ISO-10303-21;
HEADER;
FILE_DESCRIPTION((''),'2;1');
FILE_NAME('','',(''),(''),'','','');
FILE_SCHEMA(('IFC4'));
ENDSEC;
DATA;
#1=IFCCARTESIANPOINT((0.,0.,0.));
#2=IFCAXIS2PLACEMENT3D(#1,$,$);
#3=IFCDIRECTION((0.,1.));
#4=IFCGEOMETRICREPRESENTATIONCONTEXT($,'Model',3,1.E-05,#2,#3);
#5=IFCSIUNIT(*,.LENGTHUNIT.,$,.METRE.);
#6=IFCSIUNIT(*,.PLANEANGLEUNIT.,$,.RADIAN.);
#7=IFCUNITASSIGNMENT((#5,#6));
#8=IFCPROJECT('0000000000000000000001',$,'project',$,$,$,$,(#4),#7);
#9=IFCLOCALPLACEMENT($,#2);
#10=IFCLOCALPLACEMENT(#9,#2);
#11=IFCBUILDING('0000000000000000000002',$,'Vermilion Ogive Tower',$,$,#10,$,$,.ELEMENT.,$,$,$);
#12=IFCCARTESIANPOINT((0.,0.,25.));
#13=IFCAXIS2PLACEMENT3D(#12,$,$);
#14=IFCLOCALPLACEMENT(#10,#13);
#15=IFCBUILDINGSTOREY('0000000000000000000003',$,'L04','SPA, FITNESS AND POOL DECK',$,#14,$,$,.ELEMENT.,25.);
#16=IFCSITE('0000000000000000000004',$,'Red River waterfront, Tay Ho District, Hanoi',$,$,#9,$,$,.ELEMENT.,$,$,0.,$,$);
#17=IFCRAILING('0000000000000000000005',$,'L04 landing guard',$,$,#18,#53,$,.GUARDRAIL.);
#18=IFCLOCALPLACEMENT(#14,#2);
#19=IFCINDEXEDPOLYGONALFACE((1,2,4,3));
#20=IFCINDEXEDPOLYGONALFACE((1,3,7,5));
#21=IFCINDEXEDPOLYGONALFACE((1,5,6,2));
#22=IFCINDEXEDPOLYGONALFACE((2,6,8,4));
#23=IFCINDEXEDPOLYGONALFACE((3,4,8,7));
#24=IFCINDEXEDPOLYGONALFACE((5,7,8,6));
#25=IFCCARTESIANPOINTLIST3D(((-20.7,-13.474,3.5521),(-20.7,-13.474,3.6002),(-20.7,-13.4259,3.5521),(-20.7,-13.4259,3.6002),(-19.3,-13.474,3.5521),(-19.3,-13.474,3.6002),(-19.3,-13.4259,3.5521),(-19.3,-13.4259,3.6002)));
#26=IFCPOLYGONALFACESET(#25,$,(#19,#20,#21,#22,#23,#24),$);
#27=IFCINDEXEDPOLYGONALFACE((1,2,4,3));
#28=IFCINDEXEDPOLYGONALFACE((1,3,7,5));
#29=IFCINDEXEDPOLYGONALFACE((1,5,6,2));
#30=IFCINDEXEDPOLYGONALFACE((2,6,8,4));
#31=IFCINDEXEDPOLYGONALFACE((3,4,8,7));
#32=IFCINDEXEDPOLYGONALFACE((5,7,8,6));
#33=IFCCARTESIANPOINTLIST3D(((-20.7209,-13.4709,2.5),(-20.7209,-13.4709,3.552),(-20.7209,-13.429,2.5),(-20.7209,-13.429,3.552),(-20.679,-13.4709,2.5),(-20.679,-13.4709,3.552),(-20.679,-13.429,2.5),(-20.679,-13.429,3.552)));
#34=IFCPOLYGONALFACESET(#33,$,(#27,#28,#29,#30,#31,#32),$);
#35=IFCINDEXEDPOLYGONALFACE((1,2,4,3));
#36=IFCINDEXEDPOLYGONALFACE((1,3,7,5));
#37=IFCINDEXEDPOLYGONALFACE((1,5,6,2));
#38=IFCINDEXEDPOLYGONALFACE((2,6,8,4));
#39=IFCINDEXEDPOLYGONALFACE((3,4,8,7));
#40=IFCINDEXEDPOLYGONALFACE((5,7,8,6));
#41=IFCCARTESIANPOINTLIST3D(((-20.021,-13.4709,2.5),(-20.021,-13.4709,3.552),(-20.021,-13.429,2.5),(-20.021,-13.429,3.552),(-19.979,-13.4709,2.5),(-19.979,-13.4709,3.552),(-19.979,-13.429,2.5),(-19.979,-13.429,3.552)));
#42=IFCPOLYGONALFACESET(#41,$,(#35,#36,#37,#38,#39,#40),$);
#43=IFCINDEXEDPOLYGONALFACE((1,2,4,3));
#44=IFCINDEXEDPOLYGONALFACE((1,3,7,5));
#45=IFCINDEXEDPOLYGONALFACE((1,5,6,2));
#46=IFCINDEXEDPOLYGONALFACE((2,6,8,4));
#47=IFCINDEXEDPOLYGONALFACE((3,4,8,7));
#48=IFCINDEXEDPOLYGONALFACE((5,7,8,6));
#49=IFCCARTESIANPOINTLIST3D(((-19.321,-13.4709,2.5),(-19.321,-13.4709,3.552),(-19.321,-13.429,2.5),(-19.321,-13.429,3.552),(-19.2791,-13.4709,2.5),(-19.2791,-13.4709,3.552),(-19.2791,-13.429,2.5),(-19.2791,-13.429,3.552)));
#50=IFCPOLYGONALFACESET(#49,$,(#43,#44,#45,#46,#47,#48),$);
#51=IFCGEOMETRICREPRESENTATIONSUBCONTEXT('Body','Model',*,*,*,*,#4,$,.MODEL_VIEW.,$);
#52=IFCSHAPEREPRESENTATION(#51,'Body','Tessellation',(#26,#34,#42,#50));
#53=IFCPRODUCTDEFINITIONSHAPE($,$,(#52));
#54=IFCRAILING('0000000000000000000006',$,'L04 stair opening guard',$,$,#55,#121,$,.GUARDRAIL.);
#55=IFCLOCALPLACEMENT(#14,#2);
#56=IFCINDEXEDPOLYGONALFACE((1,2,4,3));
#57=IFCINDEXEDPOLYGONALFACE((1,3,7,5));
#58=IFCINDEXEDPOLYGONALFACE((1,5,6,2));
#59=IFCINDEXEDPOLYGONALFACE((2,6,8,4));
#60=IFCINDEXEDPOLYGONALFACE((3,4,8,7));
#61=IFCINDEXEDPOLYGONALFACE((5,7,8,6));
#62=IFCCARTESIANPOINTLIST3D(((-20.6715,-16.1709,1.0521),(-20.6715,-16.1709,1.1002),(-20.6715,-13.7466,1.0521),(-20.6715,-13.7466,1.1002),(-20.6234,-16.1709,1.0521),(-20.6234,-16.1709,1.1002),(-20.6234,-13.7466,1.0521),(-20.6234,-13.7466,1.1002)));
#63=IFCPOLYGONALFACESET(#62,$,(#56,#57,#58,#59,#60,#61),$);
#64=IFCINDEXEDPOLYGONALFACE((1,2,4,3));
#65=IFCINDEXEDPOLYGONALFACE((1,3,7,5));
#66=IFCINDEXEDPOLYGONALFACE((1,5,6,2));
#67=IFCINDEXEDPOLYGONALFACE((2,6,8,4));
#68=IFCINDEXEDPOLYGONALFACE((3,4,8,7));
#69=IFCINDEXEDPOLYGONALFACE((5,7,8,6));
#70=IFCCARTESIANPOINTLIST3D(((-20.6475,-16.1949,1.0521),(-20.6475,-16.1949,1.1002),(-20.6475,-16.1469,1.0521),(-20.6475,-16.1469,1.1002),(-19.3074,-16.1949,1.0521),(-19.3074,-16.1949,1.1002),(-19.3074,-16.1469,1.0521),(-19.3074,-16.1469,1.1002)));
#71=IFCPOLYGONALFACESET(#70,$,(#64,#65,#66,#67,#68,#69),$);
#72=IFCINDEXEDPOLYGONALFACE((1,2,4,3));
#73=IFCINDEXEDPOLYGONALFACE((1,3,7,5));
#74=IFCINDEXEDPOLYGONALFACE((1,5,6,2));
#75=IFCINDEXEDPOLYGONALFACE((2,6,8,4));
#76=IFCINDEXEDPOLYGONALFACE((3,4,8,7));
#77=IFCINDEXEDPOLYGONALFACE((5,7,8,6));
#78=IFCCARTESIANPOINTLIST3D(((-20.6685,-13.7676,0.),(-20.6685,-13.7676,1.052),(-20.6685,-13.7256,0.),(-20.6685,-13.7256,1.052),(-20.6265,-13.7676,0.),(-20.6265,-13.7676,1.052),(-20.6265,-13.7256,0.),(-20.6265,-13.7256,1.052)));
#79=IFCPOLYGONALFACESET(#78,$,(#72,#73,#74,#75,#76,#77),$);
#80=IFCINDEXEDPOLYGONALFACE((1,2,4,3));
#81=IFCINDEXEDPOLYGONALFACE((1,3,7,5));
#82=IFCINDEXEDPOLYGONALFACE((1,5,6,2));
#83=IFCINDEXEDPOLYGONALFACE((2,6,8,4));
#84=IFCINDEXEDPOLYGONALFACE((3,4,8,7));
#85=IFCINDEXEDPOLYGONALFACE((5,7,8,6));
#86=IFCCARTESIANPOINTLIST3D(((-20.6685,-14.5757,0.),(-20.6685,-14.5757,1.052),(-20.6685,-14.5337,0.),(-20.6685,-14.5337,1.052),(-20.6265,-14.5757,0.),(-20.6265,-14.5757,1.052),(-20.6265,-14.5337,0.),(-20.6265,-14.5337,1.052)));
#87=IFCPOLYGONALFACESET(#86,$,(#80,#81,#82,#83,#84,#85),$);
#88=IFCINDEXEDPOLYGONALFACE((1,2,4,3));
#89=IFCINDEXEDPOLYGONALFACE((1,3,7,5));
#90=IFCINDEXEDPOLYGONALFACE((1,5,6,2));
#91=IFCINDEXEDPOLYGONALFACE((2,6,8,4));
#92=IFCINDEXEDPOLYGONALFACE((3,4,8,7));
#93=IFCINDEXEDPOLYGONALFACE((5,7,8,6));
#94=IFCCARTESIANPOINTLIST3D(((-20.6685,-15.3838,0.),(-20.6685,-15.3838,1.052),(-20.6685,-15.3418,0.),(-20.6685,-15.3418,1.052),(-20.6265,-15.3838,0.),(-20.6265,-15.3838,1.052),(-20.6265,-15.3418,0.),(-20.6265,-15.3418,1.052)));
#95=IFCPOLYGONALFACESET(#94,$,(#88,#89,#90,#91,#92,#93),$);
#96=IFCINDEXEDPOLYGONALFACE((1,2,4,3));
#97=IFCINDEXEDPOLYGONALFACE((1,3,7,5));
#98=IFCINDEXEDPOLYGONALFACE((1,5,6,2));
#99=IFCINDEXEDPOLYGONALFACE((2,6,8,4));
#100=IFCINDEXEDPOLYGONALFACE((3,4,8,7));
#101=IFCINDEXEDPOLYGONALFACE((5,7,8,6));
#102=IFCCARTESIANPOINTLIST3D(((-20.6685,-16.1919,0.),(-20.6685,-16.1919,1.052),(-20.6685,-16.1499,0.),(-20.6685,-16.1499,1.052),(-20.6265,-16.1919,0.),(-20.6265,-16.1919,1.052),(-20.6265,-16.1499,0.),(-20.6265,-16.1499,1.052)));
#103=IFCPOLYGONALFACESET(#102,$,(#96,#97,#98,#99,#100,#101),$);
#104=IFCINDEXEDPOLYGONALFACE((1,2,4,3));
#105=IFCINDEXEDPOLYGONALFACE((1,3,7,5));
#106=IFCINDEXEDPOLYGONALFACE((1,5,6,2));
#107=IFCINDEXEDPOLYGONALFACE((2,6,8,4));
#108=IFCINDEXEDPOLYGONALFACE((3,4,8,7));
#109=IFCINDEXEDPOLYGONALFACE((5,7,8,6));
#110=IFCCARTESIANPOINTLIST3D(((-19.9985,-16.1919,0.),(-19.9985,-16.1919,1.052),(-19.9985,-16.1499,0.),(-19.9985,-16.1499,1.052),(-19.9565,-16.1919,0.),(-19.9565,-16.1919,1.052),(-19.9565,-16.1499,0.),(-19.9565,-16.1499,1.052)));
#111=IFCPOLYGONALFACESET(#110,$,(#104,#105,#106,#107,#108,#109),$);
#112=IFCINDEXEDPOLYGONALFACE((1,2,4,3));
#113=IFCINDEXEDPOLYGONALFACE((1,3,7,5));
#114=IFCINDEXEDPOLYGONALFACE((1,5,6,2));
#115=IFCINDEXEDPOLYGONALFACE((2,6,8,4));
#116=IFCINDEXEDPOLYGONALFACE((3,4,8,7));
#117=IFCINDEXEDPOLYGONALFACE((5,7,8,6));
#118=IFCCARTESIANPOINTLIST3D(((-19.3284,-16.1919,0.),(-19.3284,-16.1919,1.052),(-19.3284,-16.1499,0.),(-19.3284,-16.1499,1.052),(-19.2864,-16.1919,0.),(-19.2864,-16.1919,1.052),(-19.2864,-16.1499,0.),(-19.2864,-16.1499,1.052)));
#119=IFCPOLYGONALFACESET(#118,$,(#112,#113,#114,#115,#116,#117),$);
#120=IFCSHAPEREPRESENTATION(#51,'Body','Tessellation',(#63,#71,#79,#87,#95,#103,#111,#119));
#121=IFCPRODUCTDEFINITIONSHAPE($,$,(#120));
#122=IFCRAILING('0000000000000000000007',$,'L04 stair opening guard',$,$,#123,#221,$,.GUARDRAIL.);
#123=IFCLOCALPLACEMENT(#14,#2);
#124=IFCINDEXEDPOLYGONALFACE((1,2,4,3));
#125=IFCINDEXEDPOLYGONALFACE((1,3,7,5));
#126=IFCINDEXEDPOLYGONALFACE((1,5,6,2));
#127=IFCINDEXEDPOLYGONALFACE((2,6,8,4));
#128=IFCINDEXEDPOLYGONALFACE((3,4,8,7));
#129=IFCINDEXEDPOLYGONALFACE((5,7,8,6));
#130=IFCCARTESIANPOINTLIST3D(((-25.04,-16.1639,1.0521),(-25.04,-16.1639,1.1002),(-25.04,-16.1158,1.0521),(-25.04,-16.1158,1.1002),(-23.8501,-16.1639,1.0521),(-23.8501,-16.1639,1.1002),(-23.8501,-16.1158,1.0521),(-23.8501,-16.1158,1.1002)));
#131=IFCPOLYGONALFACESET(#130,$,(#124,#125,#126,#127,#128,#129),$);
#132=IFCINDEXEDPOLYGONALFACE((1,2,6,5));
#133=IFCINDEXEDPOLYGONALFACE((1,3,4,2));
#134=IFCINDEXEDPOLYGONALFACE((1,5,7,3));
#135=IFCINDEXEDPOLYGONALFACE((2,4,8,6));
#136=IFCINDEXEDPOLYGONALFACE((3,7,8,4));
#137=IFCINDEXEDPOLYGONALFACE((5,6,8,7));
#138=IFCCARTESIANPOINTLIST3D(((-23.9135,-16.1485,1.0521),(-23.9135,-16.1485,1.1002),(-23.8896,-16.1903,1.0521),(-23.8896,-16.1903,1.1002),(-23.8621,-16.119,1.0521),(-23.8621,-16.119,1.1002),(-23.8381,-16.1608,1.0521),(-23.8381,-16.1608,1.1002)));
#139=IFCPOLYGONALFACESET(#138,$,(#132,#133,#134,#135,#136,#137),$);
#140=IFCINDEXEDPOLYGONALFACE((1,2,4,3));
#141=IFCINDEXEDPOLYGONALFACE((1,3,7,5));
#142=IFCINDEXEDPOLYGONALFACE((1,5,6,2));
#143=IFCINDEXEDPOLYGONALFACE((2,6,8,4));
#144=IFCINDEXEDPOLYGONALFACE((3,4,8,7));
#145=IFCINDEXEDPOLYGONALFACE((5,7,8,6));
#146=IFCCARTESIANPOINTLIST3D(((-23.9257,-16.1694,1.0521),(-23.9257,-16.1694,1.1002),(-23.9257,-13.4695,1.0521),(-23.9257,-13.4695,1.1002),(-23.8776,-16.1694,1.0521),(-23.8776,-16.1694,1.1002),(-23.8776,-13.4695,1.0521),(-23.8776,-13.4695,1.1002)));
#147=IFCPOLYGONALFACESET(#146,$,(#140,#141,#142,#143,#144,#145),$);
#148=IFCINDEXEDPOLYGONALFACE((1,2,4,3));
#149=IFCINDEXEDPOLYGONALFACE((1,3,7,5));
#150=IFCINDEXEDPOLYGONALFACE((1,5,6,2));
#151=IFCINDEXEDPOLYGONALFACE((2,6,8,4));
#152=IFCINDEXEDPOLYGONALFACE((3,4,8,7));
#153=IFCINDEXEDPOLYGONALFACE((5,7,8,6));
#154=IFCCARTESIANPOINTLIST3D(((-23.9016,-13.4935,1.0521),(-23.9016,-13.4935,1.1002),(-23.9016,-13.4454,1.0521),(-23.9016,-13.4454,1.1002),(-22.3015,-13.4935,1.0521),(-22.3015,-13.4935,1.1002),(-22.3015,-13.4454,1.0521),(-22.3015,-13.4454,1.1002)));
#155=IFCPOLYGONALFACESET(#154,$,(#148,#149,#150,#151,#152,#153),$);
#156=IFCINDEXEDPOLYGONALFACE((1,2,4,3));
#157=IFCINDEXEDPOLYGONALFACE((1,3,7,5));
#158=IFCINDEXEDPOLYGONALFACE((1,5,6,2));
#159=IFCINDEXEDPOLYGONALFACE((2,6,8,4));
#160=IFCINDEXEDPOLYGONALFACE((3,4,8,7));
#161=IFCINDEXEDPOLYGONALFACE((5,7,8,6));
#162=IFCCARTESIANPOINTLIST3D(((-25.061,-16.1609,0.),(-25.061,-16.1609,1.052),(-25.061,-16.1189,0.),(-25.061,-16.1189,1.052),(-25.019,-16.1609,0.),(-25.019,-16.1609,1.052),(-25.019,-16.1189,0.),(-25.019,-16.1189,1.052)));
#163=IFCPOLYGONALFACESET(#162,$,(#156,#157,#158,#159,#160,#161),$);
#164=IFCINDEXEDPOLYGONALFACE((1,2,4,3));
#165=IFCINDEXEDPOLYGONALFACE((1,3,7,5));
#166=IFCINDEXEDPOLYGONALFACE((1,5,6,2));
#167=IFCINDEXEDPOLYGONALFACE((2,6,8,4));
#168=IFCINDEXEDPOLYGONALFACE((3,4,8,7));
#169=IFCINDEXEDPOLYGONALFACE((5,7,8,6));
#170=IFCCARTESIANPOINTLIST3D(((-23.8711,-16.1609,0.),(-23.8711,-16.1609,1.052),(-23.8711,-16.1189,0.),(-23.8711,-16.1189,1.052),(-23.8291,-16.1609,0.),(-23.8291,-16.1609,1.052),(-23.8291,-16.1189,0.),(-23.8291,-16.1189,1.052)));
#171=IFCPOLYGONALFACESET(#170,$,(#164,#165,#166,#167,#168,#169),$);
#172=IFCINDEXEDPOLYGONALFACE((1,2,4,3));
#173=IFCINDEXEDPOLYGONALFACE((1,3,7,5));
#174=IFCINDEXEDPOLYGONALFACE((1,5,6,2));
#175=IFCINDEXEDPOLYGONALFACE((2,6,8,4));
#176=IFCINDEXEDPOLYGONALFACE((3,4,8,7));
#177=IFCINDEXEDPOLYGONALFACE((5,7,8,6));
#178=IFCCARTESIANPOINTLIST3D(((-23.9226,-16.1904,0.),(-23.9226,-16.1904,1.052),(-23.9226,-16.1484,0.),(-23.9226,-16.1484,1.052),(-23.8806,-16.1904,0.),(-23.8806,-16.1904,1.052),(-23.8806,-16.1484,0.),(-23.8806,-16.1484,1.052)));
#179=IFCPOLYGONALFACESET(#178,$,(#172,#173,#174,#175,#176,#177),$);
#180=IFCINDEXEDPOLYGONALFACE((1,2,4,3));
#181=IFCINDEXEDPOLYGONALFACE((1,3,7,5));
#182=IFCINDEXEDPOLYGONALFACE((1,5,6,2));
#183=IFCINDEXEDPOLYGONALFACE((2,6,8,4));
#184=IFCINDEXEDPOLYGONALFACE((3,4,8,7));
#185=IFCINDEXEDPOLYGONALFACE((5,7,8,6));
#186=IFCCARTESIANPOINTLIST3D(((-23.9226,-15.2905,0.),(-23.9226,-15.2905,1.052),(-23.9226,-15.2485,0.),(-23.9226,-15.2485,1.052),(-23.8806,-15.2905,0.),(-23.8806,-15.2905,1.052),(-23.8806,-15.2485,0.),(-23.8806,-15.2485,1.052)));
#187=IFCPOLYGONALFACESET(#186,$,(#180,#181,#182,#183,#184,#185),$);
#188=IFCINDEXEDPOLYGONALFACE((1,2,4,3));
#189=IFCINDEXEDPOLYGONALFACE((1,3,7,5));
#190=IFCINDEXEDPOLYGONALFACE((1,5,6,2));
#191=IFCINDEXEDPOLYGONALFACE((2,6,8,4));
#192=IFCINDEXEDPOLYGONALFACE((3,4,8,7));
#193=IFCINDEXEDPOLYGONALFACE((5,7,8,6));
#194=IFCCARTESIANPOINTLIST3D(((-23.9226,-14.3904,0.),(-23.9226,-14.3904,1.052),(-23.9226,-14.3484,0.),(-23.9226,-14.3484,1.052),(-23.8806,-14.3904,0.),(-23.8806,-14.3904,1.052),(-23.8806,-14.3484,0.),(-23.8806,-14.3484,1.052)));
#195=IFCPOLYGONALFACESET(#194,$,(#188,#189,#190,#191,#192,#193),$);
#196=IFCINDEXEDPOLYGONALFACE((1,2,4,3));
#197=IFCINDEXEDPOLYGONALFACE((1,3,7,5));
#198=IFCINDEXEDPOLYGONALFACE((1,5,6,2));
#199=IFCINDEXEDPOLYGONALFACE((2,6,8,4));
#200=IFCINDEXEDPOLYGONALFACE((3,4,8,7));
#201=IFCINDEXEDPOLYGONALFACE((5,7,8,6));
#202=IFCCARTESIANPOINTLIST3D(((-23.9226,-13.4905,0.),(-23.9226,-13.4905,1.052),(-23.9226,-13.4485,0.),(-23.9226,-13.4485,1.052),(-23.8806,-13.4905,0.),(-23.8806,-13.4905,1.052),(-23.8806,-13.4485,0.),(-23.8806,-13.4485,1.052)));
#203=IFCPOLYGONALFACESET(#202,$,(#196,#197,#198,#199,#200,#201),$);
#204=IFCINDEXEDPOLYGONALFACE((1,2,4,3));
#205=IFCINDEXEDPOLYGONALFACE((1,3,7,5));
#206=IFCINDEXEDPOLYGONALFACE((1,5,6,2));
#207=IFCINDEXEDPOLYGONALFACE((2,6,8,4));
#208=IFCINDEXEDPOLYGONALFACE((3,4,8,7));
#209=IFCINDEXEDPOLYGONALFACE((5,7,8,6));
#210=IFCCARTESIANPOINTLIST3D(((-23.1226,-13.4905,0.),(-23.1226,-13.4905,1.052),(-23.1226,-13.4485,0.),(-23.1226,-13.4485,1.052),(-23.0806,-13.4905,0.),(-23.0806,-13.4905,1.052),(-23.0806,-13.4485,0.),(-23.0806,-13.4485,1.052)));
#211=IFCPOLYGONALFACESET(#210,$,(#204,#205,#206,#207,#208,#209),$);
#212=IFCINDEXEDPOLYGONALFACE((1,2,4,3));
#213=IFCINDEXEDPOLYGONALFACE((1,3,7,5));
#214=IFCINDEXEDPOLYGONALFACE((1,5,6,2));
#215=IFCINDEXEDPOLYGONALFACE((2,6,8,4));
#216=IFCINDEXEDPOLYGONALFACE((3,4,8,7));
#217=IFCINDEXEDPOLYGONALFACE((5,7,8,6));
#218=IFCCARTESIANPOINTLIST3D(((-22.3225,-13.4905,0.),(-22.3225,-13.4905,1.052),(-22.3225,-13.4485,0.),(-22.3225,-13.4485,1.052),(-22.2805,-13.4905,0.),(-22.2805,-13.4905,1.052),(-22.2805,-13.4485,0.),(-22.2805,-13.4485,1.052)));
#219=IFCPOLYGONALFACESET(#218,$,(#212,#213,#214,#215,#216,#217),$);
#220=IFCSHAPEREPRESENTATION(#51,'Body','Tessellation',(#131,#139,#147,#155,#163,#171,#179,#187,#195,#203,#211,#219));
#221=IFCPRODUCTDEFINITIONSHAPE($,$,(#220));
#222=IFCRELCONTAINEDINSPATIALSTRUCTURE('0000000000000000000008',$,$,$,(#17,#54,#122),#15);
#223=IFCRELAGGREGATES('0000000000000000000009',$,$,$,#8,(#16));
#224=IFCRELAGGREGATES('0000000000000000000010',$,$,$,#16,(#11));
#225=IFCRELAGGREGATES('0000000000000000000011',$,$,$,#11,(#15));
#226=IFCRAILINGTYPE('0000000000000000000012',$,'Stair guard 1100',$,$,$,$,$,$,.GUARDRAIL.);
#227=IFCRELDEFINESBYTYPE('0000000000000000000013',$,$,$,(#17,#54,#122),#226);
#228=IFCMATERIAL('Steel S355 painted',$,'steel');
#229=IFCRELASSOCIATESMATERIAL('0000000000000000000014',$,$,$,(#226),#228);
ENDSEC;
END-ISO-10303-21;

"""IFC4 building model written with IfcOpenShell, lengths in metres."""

from ifc_helpers import new_model, si_unit, direction, frame, origin, origin_2d, place, context, subcontext, project, spatial, rectangle, extrude, material, type_object, element, save


model = new_model("IFC4")

# Units and contexts
model_context = context("Model", 3, precision=1e-05, world=origin(), true_north=direction((0.0, 1.0)))
body_context = subcontext(model_context, "Body", "Model", "MODEL_VIEW")
ifc_project = project(units=[si_unit("LENGTHUNIT", "METRE"), si_unit("PLANEANGLEUNIT", "RADIAN")], contexts=[model_context])

# Site, building, storey
site_placement = place(None, origin())
site = spatial("IfcSite", under=ifc_project, at=site_placement, Name="Red River waterfront, Tay Ho District, Hanoi", CompositionType="ELEMENT", RefElevation=0.0)
building_placement = place(site_placement, origin())
building = spatial("IfcBuilding", under=site, at=building_placement, Name="Vermilion Ogive Tower", CompositionType="ELEMENT")
storey_placement = place(building_placement, frame((0.0, 0.0, 25.0)))
storey = spatial("IfcBuildingStorey", under=building, at=storey_placement, Name="L04", Description="SPA, FITNESS AND POOL DECK", CompositionType="ELEMENT", Elevation=25.0)

# Railings
ifc_material_1 = material(Name="Steel S355 painted", Category="steel")
railing_type_1 = type_object("IfcRailingType", Name="Stair guard 1100", PredefinedType="GUARDRAIL", material=ifc_material_1)
railing_1_placement = place(storey_placement, frame((-20.7, -13.45, 2.5)))
element("IfcRailing", 1, at=railing_1_placement, inside=storey, type_object=railing_type_1, Name="L04 landing guard", PredefinedType="GUARDRAIL", context=body_context, shape_type="SweptSolid", body=[
    extrude(rectangle(XDim=0.0481, YDim=0.0481, at=origin_2d()), frame((0.0, 0.0, 1.0762), z_axis=(1.0, 0.0, 0.0), x_axis=(0.0, 1.0, 0.0)), (0.0, 0.0, 1.0), 1.3999),
    extrude(rectangle(XDim=0.042, YDim=0.042, at=origin_2d()), origin(), (0.0, 0.0, 1.0), 1.052),
    extrude(rectangle(XDim=0.042, YDim=0.042, at=origin_2d()), frame((0.7, 0.0, 0.0)), (0.0, 0.0, 1.0), 1.052),
    extrude(rectangle(XDim=0.042, YDim=0.042, at=origin_2d()), frame((1.3999, 0.0, 0.0)), (0.0, 0.0, 1.0), 1.052),
])
railing_2_placement = place(storey_placement, frame((-20.6475, -13.7466, 0.0)))
element("IfcRailing", 2, at=railing_2_placement, inside=storey, type_object=railing_type_1, Name="L04 stair opening guard", PredefinedType="GUARDRAIL", context=body_context, shape_type="SweptSolid", body=[
    extrude(rectangle(XDim=0.0481, YDim=0.0481, at=origin_2d()), frame((0.0, 0.0, 1.0762), z_axis=(0.0, -1.0, 0.0), x_axis=(1.0, 0.0, 0.0)), (0.0, 0.0, 1.0), 2.4243),
    extrude(rectangle(XDim=0.0481, YDim=0.0481, at=origin_2d()), frame((0.0, -2.4243, 1.0762), z_axis=(1.0, 0.0, 0.0), x_axis=(0.0, 1.0, 0.0)), (0.0, 0.0, 1.0), 1.3401),
    extrude(rectangle(XDim=0.042, YDim=0.042, at=origin_2d()), origin(), (0.0, 0.0, 1.0), 1.052),
    extrude(rectangle(XDim=0.042, YDim=0.042, at=origin_2d()), frame((0.0, -0.8081, 0.0)), (0.0, 0.0, 1.0), 1.052),
    extrude(rectangle(XDim=0.042, YDim=0.042, at=origin_2d()), frame((0.0, -1.6162, 0.0)), (0.0, 0.0, 1.0), 1.052),
    extrude(rectangle(XDim=0.042, YDim=0.042, at=origin_2d()), frame((0.0, -2.4243, 0.0)), (0.0, 0.0, 1.0), 1.052),
    extrude(rectangle(XDim=0.042, YDim=0.042, at=origin_2d()), frame((0.6699, -2.4243, 0.0)), (0.0, 0.0, 1.0), 1.052),
    extrude(rectangle(XDim=0.042, YDim=0.042, at=origin_2d()), frame((1.3401, -2.4243, 0.0)), (0.0, 0.0, 1.0), 1.052),
])
railing_3_placement = place(storey_placement, frame((-25.04, -16.1399, 0.0)))
element("IfcRailing", 3, at=railing_3_placement, inside=storey, type_object=railing_type_1, Name="L04 stair opening guard", PredefinedType="GUARDRAIL", context=body_context, shape_type="SweptSolid", body=[
    extrude(rectangle(XDim=0.0481, YDim=0.0481, at=origin_2d()), frame((0.0, 0.0, 1.0762), z_axis=(1.0, 0.0, 0.0), x_axis=(0.0, 1.0, 0.0)), (0.0, 0.0, 1.0), 1.1899),
    extrude(rectangle(XDim=0.0481, YDim=0.0481, at=origin_2d()), frame((1.1899, 0.0, 1.0762), z_axis=(-0.867483, -0.497467, 0.0), x_axis=(0.497467, -0.867483, 0.0)), (0.0, 0.0, 1.0), 0.0593),
    extrude(rectangle(XDim=0.0481, YDim=0.0481, at=origin_2d()), frame((1.1384, -0.0295, 1.0762), z_axis=(0.0, 1.0, 0.0), x_axis=(-1.0, 0.0, 0.0)), (0.0, 0.0, 1.0), 2.7),
    extrude(rectangle(XDim=0.0481, YDim=0.0481, at=origin_2d()), frame((1.1384, 2.6704, 1.0762), z_axis=(1.0, 0.0, 0.0), x_axis=(0.0, 1.0, 0.0)), (0.0, 0.0, 1.0), 1.6001),
    extrude(rectangle(XDim=0.042, YDim=0.042, at=origin_2d()), origin(), (0.0, 0.0, 1.0), 1.052),
    extrude(rectangle(XDim=0.042, YDim=0.042, at=origin_2d()), frame((1.1899, 0.0, 0.0)), (0.0, 0.0, 1.0), 1.052),
    extrude(rectangle(XDim=0.042, YDim=0.042, at=origin_2d()), frame((1.1384, -0.0295, 0.0)), (0.0, 0.0, 1.0), 1.052),
    extrude(rectangle(XDim=0.042, YDim=0.042, at=origin_2d()), frame((1.1384, 0.8704, 0.0)), (0.0, 0.0, 1.0), 1.052),
    extrude(rectangle(XDim=0.042, YDim=0.042, at=origin_2d()), frame((1.1384, 1.7705, 0.0)), (0.0, 0.0, 1.0), 1.052),
    extrude(rectangle(XDim=0.042, YDim=0.042, at=origin_2d()), frame((1.1384, 2.6704, 0.0)), (0.0, 0.0, 1.0), 1.052),
    extrude(rectangle(XDim=0.042, YDim=0.042, at=origin_2d()), frame((1.9385, 2.6704, 0.0)), (0.0, 0.0, 1.0), 1.052),
    extrude(rectangle(XDim=0.042, YDim=0.042, at=origin_2d()), frame((2.7385, 2.6704, 0.0)), (0.0, 0.0, 1.0), 1.052),
])

save(model, "model.ifc")
